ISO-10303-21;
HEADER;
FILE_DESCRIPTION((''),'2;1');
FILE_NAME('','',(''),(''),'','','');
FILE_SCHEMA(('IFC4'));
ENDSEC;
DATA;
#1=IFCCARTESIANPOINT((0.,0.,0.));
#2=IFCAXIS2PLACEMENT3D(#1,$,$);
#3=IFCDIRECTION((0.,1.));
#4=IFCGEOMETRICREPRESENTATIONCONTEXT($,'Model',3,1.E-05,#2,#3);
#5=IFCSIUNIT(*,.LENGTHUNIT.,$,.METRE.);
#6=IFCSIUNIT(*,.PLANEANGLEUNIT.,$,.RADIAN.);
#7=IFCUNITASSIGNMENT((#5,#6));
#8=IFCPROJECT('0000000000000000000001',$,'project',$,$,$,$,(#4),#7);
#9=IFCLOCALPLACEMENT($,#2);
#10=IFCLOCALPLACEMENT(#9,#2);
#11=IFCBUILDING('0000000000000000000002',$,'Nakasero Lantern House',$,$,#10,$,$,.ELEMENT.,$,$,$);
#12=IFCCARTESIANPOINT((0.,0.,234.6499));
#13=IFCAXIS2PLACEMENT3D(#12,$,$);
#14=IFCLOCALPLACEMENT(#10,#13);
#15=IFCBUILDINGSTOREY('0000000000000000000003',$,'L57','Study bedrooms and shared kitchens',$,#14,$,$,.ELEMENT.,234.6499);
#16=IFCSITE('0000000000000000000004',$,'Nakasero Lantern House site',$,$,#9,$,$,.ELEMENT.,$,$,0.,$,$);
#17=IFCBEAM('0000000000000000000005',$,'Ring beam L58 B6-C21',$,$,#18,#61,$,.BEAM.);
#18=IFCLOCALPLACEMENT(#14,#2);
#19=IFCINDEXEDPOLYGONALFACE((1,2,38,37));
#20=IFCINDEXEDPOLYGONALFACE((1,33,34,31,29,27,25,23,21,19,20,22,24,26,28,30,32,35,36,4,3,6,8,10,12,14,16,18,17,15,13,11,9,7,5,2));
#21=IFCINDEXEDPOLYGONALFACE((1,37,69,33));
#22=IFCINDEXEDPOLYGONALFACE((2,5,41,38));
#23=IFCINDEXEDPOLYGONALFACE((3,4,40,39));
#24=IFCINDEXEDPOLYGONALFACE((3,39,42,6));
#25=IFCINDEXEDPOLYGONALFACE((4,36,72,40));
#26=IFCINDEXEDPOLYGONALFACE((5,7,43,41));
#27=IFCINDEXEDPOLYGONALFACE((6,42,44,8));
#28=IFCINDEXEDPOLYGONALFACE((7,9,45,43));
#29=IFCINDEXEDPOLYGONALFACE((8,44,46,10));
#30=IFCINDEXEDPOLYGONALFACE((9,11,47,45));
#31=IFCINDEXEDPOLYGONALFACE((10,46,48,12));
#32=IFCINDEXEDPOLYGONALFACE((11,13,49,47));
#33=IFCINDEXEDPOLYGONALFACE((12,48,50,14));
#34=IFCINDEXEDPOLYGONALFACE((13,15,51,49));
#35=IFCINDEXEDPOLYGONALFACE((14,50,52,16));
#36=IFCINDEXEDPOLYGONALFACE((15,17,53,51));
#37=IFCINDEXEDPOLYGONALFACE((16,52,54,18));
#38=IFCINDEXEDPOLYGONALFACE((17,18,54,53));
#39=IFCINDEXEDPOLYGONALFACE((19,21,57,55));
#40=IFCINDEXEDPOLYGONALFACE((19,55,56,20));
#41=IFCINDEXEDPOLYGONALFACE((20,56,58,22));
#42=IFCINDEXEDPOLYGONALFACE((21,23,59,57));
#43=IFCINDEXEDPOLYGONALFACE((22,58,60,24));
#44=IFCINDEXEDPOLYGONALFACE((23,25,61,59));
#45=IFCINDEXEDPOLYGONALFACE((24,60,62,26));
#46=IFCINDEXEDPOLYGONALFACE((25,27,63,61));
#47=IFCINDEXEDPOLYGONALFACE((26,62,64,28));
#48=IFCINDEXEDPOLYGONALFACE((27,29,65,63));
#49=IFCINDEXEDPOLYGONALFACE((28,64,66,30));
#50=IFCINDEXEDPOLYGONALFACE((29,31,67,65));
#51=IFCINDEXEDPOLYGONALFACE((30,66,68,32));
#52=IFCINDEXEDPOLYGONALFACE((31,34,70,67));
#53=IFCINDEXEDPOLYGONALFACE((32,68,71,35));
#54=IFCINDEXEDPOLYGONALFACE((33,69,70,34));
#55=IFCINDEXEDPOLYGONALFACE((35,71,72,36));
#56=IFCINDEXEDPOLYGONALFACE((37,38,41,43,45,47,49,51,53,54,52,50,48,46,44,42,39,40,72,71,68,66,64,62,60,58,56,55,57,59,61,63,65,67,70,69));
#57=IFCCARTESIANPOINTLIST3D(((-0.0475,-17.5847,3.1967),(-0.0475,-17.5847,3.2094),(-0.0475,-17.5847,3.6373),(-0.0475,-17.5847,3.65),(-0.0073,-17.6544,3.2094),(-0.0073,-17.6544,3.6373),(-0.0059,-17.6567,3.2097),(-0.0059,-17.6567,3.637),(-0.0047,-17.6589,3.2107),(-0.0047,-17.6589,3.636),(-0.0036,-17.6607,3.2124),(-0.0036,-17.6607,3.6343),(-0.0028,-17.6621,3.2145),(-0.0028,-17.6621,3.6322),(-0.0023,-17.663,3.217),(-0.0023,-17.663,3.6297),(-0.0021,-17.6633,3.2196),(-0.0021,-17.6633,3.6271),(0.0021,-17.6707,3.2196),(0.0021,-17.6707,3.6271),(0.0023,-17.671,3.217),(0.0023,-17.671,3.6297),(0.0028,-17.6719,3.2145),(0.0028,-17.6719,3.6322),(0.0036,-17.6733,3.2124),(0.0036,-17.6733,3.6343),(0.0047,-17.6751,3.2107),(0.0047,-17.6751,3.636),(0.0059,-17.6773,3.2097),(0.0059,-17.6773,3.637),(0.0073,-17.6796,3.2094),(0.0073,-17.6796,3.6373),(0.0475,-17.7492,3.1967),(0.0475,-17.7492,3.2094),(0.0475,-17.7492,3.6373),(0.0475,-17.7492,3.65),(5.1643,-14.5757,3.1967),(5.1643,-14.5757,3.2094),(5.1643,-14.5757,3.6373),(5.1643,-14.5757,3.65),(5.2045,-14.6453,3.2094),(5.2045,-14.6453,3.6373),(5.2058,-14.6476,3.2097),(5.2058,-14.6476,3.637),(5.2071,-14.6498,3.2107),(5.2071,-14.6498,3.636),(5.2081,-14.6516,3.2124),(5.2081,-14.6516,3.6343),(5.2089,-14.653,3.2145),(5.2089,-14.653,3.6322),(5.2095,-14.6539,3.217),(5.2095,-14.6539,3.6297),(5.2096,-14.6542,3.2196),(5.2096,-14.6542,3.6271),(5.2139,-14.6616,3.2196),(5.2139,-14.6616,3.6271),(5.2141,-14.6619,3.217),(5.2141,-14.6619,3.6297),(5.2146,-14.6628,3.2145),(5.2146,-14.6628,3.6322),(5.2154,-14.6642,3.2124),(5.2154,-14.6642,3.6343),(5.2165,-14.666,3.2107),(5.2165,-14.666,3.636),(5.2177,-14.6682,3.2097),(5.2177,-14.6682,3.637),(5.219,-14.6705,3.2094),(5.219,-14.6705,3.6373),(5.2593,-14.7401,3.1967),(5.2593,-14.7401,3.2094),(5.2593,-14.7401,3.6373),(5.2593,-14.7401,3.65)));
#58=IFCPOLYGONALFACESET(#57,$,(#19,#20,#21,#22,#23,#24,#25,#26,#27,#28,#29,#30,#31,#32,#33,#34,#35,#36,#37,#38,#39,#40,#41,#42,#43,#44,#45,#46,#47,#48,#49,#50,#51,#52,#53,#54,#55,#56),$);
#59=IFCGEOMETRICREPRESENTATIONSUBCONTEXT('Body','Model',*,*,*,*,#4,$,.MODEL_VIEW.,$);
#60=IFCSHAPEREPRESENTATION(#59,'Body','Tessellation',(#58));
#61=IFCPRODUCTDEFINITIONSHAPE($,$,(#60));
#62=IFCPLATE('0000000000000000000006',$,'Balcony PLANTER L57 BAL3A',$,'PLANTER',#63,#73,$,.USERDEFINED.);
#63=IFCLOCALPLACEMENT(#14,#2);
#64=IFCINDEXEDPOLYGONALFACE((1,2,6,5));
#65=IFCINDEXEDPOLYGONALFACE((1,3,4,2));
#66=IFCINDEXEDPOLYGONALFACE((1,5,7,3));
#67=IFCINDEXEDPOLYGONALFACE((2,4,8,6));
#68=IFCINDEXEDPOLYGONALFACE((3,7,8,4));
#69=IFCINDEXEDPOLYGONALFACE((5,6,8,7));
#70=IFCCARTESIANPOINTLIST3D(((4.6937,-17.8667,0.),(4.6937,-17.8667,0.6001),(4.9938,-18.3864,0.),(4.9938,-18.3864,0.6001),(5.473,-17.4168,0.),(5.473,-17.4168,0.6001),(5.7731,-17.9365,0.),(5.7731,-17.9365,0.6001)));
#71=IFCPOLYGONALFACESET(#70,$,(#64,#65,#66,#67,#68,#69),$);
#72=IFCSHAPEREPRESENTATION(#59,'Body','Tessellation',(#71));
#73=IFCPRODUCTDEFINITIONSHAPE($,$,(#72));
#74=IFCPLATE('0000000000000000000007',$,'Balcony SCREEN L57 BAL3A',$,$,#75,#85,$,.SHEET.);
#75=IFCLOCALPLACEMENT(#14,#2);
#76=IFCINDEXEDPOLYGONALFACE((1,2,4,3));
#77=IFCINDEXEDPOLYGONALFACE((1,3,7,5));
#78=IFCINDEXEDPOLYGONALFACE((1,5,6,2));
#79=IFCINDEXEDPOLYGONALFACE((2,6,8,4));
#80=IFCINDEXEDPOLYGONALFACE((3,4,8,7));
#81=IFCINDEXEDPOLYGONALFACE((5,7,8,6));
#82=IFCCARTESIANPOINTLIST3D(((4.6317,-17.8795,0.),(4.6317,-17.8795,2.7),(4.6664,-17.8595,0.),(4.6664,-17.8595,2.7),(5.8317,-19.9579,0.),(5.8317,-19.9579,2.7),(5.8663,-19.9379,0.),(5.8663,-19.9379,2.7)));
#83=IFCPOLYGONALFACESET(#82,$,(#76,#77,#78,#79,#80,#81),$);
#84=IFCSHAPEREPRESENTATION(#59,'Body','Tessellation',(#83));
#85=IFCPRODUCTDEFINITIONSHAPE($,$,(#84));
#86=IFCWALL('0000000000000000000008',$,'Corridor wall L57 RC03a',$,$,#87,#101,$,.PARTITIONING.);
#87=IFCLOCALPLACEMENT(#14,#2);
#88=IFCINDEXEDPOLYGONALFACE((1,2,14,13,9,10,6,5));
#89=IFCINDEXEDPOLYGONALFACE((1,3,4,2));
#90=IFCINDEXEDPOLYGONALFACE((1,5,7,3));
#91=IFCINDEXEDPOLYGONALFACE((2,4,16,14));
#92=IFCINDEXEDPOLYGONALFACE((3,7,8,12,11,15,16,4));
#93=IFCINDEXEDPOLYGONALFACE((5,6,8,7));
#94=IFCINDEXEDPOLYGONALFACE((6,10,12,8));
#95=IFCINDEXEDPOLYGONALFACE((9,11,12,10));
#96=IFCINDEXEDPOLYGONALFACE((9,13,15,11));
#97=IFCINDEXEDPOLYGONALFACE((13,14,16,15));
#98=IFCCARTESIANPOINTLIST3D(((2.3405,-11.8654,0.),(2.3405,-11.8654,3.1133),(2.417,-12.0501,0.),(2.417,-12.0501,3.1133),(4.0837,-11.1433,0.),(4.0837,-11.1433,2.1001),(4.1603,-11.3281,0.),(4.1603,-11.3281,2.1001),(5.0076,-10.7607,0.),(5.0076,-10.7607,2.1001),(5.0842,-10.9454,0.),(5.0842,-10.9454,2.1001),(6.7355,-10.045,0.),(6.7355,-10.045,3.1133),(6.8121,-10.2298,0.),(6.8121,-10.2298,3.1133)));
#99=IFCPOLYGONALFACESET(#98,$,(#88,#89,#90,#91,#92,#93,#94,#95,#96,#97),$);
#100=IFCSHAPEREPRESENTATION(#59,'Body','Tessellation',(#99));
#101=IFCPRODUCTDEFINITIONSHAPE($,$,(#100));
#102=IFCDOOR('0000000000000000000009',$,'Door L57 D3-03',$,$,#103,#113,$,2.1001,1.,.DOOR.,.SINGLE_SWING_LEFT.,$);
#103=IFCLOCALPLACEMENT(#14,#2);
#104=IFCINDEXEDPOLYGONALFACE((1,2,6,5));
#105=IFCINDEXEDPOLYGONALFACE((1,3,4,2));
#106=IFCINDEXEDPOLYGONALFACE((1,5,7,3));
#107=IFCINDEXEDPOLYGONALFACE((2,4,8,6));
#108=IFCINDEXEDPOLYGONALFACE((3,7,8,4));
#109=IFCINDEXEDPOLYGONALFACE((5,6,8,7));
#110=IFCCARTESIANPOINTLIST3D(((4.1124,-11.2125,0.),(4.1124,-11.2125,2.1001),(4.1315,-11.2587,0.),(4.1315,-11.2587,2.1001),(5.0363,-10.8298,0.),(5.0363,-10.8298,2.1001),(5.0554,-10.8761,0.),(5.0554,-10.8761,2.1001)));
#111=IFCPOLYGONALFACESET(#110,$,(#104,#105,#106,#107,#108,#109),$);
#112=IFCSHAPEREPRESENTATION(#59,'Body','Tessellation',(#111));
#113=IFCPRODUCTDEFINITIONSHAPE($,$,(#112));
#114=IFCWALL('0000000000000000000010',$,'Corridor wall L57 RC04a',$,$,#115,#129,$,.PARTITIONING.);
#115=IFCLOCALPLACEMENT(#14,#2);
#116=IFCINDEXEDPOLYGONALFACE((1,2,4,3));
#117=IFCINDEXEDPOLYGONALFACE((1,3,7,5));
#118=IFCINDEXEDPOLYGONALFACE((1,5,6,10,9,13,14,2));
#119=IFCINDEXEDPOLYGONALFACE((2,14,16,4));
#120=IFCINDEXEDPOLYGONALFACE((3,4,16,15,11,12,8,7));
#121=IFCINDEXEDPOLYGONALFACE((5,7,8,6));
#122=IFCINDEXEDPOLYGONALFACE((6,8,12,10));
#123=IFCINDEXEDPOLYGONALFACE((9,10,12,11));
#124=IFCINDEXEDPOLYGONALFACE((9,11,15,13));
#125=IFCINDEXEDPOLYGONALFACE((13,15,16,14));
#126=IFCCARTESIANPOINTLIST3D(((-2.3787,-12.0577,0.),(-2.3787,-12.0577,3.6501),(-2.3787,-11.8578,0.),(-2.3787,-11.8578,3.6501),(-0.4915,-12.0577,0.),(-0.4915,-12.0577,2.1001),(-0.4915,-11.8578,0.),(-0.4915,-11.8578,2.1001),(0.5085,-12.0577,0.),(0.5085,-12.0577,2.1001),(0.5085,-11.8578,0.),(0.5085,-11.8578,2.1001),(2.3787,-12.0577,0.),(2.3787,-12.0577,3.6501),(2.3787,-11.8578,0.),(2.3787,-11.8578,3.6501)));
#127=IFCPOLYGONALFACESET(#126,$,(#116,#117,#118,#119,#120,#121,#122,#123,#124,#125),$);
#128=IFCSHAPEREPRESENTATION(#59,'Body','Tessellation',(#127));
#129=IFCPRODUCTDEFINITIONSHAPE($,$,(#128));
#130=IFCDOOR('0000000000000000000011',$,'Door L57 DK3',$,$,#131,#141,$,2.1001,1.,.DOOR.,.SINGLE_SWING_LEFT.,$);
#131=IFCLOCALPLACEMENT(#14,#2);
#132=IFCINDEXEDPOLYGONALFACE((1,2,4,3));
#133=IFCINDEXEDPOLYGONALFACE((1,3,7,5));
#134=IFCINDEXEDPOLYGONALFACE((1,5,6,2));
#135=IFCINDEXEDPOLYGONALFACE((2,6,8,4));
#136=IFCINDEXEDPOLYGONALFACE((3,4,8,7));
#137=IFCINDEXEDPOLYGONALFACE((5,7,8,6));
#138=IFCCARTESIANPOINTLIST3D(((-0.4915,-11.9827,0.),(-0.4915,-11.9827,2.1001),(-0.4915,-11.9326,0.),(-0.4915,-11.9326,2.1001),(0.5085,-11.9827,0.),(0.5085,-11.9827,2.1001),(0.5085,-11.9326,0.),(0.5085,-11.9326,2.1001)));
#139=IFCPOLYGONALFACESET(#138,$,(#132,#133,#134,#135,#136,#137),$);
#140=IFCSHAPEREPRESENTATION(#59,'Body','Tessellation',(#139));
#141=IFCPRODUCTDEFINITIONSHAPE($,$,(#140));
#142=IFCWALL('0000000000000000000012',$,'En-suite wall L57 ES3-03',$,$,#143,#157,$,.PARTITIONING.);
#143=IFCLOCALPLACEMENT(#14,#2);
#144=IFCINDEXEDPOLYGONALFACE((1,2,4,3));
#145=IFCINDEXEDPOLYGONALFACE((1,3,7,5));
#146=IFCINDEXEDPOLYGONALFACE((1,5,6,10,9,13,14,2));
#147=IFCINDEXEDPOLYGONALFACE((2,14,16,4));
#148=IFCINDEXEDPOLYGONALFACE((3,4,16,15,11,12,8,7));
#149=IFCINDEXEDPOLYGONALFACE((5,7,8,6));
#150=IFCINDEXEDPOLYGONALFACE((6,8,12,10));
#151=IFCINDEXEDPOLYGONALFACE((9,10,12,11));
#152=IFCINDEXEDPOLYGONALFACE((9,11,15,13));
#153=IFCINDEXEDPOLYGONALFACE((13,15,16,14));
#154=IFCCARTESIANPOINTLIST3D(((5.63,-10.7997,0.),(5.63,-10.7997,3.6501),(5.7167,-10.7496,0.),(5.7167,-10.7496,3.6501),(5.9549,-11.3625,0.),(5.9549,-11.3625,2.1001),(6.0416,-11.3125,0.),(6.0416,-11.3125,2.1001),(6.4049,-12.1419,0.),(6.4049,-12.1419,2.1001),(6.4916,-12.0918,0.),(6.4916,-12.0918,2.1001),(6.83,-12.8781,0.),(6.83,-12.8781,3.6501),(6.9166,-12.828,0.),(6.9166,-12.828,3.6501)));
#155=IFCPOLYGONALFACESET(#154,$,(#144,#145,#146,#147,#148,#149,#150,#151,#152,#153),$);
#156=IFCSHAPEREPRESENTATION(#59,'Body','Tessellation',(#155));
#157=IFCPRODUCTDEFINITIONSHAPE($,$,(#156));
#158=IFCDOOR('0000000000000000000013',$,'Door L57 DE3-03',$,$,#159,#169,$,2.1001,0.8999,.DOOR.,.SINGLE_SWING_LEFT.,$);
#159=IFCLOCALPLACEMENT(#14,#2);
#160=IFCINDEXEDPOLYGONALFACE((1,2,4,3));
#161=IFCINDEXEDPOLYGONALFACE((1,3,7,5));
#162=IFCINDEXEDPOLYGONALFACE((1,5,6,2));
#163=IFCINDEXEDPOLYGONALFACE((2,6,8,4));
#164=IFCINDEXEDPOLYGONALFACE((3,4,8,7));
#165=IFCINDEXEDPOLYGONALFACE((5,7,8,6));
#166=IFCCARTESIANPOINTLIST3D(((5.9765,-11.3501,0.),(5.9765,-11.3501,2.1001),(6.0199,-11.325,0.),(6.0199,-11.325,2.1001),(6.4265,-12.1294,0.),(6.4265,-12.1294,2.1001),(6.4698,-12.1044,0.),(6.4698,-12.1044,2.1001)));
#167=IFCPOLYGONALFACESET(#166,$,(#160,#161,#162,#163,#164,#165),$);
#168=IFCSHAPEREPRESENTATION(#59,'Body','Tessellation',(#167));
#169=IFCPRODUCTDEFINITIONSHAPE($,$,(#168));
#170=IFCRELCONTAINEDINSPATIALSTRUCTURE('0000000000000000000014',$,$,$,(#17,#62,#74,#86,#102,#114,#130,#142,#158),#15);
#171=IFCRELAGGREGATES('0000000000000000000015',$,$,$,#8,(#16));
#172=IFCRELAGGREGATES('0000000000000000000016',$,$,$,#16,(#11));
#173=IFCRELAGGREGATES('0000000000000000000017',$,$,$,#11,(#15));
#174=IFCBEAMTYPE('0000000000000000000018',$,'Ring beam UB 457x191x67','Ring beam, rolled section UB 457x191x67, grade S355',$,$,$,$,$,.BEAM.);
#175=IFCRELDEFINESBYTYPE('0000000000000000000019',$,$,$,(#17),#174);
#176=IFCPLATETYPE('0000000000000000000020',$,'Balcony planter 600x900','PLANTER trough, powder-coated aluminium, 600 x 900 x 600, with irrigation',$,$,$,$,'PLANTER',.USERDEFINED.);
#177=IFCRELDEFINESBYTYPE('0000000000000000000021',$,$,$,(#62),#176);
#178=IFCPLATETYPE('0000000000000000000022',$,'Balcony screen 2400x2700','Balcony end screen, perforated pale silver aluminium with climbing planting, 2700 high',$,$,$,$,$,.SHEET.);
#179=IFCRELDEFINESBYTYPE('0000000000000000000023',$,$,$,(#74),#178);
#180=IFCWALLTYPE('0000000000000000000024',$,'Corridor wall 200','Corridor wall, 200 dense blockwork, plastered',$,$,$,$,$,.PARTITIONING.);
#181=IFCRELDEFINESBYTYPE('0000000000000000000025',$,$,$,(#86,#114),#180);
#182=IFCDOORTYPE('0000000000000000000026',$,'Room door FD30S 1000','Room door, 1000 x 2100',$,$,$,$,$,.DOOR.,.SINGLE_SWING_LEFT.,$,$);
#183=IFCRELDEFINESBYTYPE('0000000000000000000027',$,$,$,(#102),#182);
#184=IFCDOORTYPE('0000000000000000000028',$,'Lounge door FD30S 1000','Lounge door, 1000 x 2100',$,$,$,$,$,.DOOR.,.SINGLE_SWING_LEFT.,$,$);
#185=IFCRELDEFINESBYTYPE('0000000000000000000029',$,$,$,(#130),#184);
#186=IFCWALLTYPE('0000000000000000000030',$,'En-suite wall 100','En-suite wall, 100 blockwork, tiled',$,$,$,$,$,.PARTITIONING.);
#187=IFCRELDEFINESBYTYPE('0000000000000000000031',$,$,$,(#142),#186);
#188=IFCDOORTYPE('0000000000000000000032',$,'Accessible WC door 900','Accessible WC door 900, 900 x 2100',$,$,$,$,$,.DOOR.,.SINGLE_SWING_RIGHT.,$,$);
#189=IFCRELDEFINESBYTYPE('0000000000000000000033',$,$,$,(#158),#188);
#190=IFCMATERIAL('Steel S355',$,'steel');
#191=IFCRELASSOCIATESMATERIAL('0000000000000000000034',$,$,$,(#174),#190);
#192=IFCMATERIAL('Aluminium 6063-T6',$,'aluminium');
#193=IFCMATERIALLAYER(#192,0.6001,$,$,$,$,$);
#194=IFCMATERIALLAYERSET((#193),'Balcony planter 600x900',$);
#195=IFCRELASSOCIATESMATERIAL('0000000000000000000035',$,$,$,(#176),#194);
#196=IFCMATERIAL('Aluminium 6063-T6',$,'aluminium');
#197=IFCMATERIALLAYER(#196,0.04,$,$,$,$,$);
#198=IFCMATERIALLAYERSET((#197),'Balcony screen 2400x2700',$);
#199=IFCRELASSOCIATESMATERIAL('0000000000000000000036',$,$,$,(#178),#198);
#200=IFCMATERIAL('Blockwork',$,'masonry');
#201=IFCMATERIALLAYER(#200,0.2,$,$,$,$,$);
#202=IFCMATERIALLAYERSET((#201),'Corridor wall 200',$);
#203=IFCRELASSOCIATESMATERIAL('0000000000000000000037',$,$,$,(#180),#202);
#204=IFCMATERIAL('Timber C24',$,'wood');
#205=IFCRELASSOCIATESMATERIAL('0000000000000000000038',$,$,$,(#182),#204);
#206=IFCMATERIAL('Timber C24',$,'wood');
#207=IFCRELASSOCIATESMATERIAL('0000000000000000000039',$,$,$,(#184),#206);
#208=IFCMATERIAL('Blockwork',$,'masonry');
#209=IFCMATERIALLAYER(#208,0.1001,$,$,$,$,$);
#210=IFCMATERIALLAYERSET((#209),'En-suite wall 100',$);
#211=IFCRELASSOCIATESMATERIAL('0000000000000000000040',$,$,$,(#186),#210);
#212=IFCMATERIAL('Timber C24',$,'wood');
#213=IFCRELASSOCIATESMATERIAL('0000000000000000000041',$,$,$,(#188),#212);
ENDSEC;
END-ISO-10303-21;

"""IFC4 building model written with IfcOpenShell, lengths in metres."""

from ifc_helpers import new_model, si_unit, direction, frame, frame_2d, origin, origin_2d, place, context, subcontext, project, spatial, rectangle, i_section, extrude, material, layer, layer_set, material_profile, profile_set, type_object, element, fill, save


model = new_model("IFC4")

# Units and contexts
model_context = context("Model", 3, precision=1e-05, world=origin(), true_north=direction((0.0, 1.0)))
body_context = subcontext(model_context, "Body", "Model", "MODEL_VIEW")
ifc_project = project(units=[si_unit("LENGTHUNIT", "METRE"), si_unit("PLANEANGLEUNIT", "RADIAN")], contexts=[model_context])

# Site, building, storey
site_placement = place(None, origin())
site = spatial("IfcSite", under=ifc_project, at=site_placement, Name="Nakasero Lantern House site", CompositionType="ELEMENT", RefElevation=0.0)
building_placement = place(site_placement, origin())
building = spatial("IfcBuilding", under=site, at=building_placement, Name="Nakasero Lantern House", CompositionType="ELEMENT")
storey_placement = place(building_placement, frame((0.0, 0.0, 234.6499)))
storey = spatial("IfcBuildingStorey", under=building, at=storey_placement, Name="L57", Description="Study bedrooms and shared kitchens", CompositionType="ELEMENT", Elevation=234.6499)

# Beam
ifc_material_1 = material(Name="Steel S355", Category="steel")
ifc_material_profile_1 = material_profile(ifc_material_1, i_section(OverallWidth=0.1899, OverallDepth=0.4534, WebThickness=0.0085, FlangeThickness=0.0127, FilletRadius=0.0103, at=origin_2d()), Name="UB 457x191x67")
ifc_profile_set_1 = profile_set([ifc_material_profile_1], Name="Steel S355")
beam_type_1 = type_object("IfcBeamType", Name="Ring beam UB 457x191x67", Description="Ring beam, rolled section UB 457x191x67, grade S355", PredefinedType="BEAM", material=ifc_profile_set_1)
beam_1_placement = place(storey_placement, frame((0.0, -17.667, 3.4233), z_axis=(0.86602, 0.500009, 0.0), x_axis=(-0.500009, 0.86602, 0.0)))
element("IfcBeam", 1, at=beam_1_placement, inside=storey, type_object=beam_type_1, Name="Ring beam L58 B6-C21", PredefinedType="BEAM", context=body_context, shape_type="SweptSolid", body=[
    extrude(i_section(OverallWidth=0.1899, OverallDepth=0.4534, WebThickness=0.0085, FlangeThickness=0.0127, FilletRadius=0.0103, at=origin_2d()), origin(), (0.0, 0.0, 1.0), 6.0181),
])

# Plates
ifc_material_2 = material(Name="Aluminium 6063-T6", Category="aluminium")
ifc_layer_1 = layer(ifc_material_2, 0.6001)
ifc_layer_set_1 = layer_set([ifc_layer_1], Name="Balcony planter 600x900")
plate_type_1 = type_object("IfcPlateType", Name="Balcony planter 600x900", Description="PLANTER trough, powder-coated aluminium, 600 x 900 x 600, with irrigation", ElementType="PLANTER", PredefinedType="USERDEFINED", material=ifc_layer_set_1)
plate_1_placement = place(storey_placement, frame((5.2334, -17.9016, 0.0), z_axis=(0.0, 0.0, 1.0), x_axis=(0.5, -0.866025, 0.0)))
element("IfcPlate", 2, at=plate_1_placement, inside=storey, type_object=plate_type_1, Name="Balcony PLANTER L57 BAL3A", ObjectType="PLANTER", PredefinedType="USERDEFINED", context=body_context, shape_type="SweptSolid", body=[
    extrude(rectangle(XDim=0.6001, YDim=0.8999, at=origin_2d()), origin(), (0.0, 0.0, 1.0), 0.6001),
])
ifc_material_3 = material(Name="Aluminium 6063-T6", Category="aluminium")
ifc_layer_2 = layer(ifc_material_3, 0.04)
ifc_layer_set_2 = layer_set([ifc_layer_2], Name="Balcony screen 2400x2700")
plate_type_2 = type_object("IfcPlateType", Name="Balcony screen 2400x2700", Description="Balcony end screen, perforated pale silver aluminium with climbing planting, 2700 high", PredefinedType="SHEET", material=ifc_layer_set_2)
plate_2_placement = place(storey_placement, frame((5.249, -18.9087, 0.0), z_axis=(0.0, 0.0, 1.0), x_axis=(0.5, -0.866025, 0.0)))
element("IfcPlate", 3, at=plate_2_placement, inside=storey, type_object=plate_type_2, Name="Balcony SCREEN L57 BAL3A", PredefinedType="SHEET", context=body_context, shape_type="SweptSolid", body=[
    extrude(rectangle(XDim=2.3999, YDim=0.04, at=origin_2d()), origin(), (0.0, 0.0, 1.0), 2.7),
])

# Walls, openings, doors
ifc_material_4 = material(Name="Blockwork", Category="masonry")
ifc_layer_3 = layer(ifc_material_4, 0.2)
ifc_layer_set_3 = layer_set([ifc_layer_3], Name="Corridor wall 200")
wall_type_1 = type_object("IfcWallType", Name="Corridor wall 200", Description="Corridor wall, 200 dense blockwork, plastered", PredefinedType="PARTITIONING", material=ifc_layer_set_3)
wall_1_placement = place(storey_placement, frame((6.7737, -10.1375, 0.0), z_axis=(0.0, 0.0, 1.0), x_axis=(-0.923892, -0.382654, 0.0)))
wall_1 = element("IfcWall", 4, at=wall_1_placement, inside=storey, type_object=wall_type_1, Name="Corridor wall L57 RC03a", PredefinedType="PARTITIONING", context=body_context, shape_type="SweptSolid", body=[
    extrude(rectangle(XDim=4.7571, YDim=0.2, at=frame_2d((2.3784, 0.0))), origin(), (0.0, 0.0, 1.0), 3.1133),
])
opening_1_placement = place(wall_1_placement, frame((1.8701, 0.0, 0.0)))
opening_1 = element("IfcOpeningElement", 5, at=opening_1_placement, cuts=wall_1, PredefinedType="OPENING", context=body_context, shape_type="SweptSolid", body=[
    extrude(rectangle(XDim=1.0, YDim=2.1001, at=frame_2d((0.5, 1.05))), frame((0.0, 0.1199, 0.0), z_axis=(0.0, -1.0, 0.0), x_axis=(1.0, 0.0, 0.0)), (0.0, 0.0, 1.0), 0.24),
])
ifc_material_5 = material(Name="Timber C24", Category="wood")
door_type_1 = type_object("IfcDoorType", Name="Room door FD30S 1000", Description="Room door, 1000 x 2100", OperationType="SINGLE_SWING_LEFT", PredefinedType="DOOR", material=ifc_material_5)
door_1_placement = place(opening_1_placement, origin())
door_1 = element("IfcDoor", 6, at=door_1_placement, inside=storey, type_object=door_type_1, Name="Door L57 D3-03", OperationType="SINGLE_SWING_LEFT", OverallHeight=2.1001, OverallWidth=1.0, PredefinedType="DOOR", context=body_context, shape_type="SweptSolid", body=[
    extrude(rectangle(XDim=1.0, YDim=2.1001, at=frame_2d((0.5, 1.05))), frame((0.0, 0.0249, 0.0), z_axis=(0.0, -1.0, 0.0), x_axis=(1.0, 0.0, 0.0)), (0.0, 0.0, 1.0), 0.05),
])
fill(opening_1, door_1)
wall_2_placement = place(storey_placement, frame((2.3787, -11.9578, 0.0), z_axis=(0.0, 0.0, 1.0), x_axis=(-1.0, 0.0, 0.0)))
wall_2 = element("IfcWall", 7, at=wall_2_placement, inside=storey, type_object=wall_type_1, Name="Corridor wall L57 RC04a", PredefinedType="PARTITIONING", context=body_context, shape_type="SweptSolid", body=[
    extrude(rectangle(XDim=4.7573, YDim=0.2, at=frame_2d((2.3787, 0.0))), origin(), (0.0, 0.0, 1.0), 3.6501),
])
opening_2_placement = place(wall_2_placement, frame((1.8701, 0.0, 0.0)))
opening_2 = element("IfcOpeningElement", 8, at=opening_2_placement, cuts=wall_2, PredefinedType="OPENING", context=body_context, shape_type="SweptSolid", body=[
    extrude(rectangle(XDim=1.0, YDim=2.1001, at=frame_2d((0.5, 1.05))), frame((0.0, 0.1199, 0.0), z_axis=(0.0, -1.0, 0.0), x_axis=(1.0, 0.0, 0.0)), (0.0, 0.0, 1.0), 0.24),
])
ifc_material_6 = material(Name="Timber C24", Category="wood")
door_type_2 = type_object("IfcDoorType", Name="Lounge door FD30S 1000", Description="Lounge door, 1000 x 2100", OperationType="SINGLE_SWING_LEFT", PredefinedType="DOOR", material=ifc_material_6)
door_2_placement = place(opening_2_placement, origin())
door_2 = element("IfcDoor", 9, at=door_2_placement, inside=storey, type_object=door_type_2, Name="Door L57 DK3", OperationType="SINGLE_SWING_LEFT", OverallHeight=2.1001, OverallWidth=1.0, PredefinedType="DOOR", context=body_context, shape_type="SweptSolid", body=[
    extrude(rectangle(XDim=1.0, YDim=2.1001, at=frame_2d((0.5, 1.05))), frame((0.0, 0.0249, 0.0), z_axis=(0.0, -1.0, 0.0), x_axis=(1.0, 0.0, 0.0)), (0.0, 0.0, 1.0), 0.05),
])
fill(opening_2, door_2)
ifc_material_7 = material(Name="Blockwork", Category="masonry")
ifc_layer_4 = layer(ifc_material_7, 0.1001)
ifc_layer_set_4 = layer_set([ifc_layer_4], Name="En-suite wall 100")
wall_type_2 = type_object("IfcWallType", Name="En-suite wall 100", Description="En-suite wall, 100 blockwork, tiled", PredefinedType="PARTITIONING", material=ifc_layer_set_4)
wall_3_placement = place(storey_placement, frame((5.6733, -10.7747, 0.0), z_axis=(0.0, 0.0, 1.0), x_axis=(0.500001, -0.866025, 0.0)))
wall_3 = element("IfcWall", 10, at=wall_3_placement, inside=storey, type_object=wall_type_2, Name="En-suite wall L57 ES3-03", PredefinedType="PARTITIONING", context=body_context, shape_type="SweptSolid", body=[
    extrude(rectangle(XDim=2.3999, YDim=0.1001, at=frame_2d((1.2, 0.0))), origin(), (0.0, 0.0, 1.0), 3.6501),
])
opening_3_placement = place(wall_3_placement, frame((0.6499, 0.0, 0.0)))
opening_3 = element("IfcOpeningElement", 11, at=opening_3_placement, cuts=wall_3, PredefinedType="OPENING", context=body_context, shape_type="SweptSolid", body=[
    extrude(rectangle(XDim=0.8999, YDim=2.1001, at=frame_2d((0.45, 1.05))), frame((0.0, 0.0701, 0.0), z_axis=(0.0, -1.0, 0.0), x_axis=(1.0, 0.0, 0.0)), (0.0, 0.0, 1.0), 0.1401),
])
ifc_material_8 = material(Name="Timber C24", Category="wood")
door_type_3 = type_object("IfcDoorType", Name="Accessible WC door 900", Description="Accessible WC door 900, 900 x 2100", OperationType="SINGLE_SWING_RIGHT", PredefinedType="DOOR", material=ifc_material_8)
door_3_placement = place(opening_3_placement, origin())
door_3 = element("IfcDoor", 12, at=door_3_placement, inside=storey, type_object=door_type_3, Name="Door L57 DE3-03", OperationType="SINGLE_SWING_LEFT", OverallHeight=2.1001, OverallWidth=0.8999, PredefinedType="DOOR", context=body_context, shape_type="SweptSolid", body=[
    extrude(rectangle(XDim=0.8999, YDim=2.1001, at=frame_2d((0.45, 1.05))), frame((0.0, 0.0249, 0.0), z_axis=(0.0, -1.0, 0.0), x_axis=(1.0, 0.0, 0.0)), (0.0, 0.0, 1.0), 0.05),
])
fill(opening_3, door_3)

save(model, "model.ifc")
